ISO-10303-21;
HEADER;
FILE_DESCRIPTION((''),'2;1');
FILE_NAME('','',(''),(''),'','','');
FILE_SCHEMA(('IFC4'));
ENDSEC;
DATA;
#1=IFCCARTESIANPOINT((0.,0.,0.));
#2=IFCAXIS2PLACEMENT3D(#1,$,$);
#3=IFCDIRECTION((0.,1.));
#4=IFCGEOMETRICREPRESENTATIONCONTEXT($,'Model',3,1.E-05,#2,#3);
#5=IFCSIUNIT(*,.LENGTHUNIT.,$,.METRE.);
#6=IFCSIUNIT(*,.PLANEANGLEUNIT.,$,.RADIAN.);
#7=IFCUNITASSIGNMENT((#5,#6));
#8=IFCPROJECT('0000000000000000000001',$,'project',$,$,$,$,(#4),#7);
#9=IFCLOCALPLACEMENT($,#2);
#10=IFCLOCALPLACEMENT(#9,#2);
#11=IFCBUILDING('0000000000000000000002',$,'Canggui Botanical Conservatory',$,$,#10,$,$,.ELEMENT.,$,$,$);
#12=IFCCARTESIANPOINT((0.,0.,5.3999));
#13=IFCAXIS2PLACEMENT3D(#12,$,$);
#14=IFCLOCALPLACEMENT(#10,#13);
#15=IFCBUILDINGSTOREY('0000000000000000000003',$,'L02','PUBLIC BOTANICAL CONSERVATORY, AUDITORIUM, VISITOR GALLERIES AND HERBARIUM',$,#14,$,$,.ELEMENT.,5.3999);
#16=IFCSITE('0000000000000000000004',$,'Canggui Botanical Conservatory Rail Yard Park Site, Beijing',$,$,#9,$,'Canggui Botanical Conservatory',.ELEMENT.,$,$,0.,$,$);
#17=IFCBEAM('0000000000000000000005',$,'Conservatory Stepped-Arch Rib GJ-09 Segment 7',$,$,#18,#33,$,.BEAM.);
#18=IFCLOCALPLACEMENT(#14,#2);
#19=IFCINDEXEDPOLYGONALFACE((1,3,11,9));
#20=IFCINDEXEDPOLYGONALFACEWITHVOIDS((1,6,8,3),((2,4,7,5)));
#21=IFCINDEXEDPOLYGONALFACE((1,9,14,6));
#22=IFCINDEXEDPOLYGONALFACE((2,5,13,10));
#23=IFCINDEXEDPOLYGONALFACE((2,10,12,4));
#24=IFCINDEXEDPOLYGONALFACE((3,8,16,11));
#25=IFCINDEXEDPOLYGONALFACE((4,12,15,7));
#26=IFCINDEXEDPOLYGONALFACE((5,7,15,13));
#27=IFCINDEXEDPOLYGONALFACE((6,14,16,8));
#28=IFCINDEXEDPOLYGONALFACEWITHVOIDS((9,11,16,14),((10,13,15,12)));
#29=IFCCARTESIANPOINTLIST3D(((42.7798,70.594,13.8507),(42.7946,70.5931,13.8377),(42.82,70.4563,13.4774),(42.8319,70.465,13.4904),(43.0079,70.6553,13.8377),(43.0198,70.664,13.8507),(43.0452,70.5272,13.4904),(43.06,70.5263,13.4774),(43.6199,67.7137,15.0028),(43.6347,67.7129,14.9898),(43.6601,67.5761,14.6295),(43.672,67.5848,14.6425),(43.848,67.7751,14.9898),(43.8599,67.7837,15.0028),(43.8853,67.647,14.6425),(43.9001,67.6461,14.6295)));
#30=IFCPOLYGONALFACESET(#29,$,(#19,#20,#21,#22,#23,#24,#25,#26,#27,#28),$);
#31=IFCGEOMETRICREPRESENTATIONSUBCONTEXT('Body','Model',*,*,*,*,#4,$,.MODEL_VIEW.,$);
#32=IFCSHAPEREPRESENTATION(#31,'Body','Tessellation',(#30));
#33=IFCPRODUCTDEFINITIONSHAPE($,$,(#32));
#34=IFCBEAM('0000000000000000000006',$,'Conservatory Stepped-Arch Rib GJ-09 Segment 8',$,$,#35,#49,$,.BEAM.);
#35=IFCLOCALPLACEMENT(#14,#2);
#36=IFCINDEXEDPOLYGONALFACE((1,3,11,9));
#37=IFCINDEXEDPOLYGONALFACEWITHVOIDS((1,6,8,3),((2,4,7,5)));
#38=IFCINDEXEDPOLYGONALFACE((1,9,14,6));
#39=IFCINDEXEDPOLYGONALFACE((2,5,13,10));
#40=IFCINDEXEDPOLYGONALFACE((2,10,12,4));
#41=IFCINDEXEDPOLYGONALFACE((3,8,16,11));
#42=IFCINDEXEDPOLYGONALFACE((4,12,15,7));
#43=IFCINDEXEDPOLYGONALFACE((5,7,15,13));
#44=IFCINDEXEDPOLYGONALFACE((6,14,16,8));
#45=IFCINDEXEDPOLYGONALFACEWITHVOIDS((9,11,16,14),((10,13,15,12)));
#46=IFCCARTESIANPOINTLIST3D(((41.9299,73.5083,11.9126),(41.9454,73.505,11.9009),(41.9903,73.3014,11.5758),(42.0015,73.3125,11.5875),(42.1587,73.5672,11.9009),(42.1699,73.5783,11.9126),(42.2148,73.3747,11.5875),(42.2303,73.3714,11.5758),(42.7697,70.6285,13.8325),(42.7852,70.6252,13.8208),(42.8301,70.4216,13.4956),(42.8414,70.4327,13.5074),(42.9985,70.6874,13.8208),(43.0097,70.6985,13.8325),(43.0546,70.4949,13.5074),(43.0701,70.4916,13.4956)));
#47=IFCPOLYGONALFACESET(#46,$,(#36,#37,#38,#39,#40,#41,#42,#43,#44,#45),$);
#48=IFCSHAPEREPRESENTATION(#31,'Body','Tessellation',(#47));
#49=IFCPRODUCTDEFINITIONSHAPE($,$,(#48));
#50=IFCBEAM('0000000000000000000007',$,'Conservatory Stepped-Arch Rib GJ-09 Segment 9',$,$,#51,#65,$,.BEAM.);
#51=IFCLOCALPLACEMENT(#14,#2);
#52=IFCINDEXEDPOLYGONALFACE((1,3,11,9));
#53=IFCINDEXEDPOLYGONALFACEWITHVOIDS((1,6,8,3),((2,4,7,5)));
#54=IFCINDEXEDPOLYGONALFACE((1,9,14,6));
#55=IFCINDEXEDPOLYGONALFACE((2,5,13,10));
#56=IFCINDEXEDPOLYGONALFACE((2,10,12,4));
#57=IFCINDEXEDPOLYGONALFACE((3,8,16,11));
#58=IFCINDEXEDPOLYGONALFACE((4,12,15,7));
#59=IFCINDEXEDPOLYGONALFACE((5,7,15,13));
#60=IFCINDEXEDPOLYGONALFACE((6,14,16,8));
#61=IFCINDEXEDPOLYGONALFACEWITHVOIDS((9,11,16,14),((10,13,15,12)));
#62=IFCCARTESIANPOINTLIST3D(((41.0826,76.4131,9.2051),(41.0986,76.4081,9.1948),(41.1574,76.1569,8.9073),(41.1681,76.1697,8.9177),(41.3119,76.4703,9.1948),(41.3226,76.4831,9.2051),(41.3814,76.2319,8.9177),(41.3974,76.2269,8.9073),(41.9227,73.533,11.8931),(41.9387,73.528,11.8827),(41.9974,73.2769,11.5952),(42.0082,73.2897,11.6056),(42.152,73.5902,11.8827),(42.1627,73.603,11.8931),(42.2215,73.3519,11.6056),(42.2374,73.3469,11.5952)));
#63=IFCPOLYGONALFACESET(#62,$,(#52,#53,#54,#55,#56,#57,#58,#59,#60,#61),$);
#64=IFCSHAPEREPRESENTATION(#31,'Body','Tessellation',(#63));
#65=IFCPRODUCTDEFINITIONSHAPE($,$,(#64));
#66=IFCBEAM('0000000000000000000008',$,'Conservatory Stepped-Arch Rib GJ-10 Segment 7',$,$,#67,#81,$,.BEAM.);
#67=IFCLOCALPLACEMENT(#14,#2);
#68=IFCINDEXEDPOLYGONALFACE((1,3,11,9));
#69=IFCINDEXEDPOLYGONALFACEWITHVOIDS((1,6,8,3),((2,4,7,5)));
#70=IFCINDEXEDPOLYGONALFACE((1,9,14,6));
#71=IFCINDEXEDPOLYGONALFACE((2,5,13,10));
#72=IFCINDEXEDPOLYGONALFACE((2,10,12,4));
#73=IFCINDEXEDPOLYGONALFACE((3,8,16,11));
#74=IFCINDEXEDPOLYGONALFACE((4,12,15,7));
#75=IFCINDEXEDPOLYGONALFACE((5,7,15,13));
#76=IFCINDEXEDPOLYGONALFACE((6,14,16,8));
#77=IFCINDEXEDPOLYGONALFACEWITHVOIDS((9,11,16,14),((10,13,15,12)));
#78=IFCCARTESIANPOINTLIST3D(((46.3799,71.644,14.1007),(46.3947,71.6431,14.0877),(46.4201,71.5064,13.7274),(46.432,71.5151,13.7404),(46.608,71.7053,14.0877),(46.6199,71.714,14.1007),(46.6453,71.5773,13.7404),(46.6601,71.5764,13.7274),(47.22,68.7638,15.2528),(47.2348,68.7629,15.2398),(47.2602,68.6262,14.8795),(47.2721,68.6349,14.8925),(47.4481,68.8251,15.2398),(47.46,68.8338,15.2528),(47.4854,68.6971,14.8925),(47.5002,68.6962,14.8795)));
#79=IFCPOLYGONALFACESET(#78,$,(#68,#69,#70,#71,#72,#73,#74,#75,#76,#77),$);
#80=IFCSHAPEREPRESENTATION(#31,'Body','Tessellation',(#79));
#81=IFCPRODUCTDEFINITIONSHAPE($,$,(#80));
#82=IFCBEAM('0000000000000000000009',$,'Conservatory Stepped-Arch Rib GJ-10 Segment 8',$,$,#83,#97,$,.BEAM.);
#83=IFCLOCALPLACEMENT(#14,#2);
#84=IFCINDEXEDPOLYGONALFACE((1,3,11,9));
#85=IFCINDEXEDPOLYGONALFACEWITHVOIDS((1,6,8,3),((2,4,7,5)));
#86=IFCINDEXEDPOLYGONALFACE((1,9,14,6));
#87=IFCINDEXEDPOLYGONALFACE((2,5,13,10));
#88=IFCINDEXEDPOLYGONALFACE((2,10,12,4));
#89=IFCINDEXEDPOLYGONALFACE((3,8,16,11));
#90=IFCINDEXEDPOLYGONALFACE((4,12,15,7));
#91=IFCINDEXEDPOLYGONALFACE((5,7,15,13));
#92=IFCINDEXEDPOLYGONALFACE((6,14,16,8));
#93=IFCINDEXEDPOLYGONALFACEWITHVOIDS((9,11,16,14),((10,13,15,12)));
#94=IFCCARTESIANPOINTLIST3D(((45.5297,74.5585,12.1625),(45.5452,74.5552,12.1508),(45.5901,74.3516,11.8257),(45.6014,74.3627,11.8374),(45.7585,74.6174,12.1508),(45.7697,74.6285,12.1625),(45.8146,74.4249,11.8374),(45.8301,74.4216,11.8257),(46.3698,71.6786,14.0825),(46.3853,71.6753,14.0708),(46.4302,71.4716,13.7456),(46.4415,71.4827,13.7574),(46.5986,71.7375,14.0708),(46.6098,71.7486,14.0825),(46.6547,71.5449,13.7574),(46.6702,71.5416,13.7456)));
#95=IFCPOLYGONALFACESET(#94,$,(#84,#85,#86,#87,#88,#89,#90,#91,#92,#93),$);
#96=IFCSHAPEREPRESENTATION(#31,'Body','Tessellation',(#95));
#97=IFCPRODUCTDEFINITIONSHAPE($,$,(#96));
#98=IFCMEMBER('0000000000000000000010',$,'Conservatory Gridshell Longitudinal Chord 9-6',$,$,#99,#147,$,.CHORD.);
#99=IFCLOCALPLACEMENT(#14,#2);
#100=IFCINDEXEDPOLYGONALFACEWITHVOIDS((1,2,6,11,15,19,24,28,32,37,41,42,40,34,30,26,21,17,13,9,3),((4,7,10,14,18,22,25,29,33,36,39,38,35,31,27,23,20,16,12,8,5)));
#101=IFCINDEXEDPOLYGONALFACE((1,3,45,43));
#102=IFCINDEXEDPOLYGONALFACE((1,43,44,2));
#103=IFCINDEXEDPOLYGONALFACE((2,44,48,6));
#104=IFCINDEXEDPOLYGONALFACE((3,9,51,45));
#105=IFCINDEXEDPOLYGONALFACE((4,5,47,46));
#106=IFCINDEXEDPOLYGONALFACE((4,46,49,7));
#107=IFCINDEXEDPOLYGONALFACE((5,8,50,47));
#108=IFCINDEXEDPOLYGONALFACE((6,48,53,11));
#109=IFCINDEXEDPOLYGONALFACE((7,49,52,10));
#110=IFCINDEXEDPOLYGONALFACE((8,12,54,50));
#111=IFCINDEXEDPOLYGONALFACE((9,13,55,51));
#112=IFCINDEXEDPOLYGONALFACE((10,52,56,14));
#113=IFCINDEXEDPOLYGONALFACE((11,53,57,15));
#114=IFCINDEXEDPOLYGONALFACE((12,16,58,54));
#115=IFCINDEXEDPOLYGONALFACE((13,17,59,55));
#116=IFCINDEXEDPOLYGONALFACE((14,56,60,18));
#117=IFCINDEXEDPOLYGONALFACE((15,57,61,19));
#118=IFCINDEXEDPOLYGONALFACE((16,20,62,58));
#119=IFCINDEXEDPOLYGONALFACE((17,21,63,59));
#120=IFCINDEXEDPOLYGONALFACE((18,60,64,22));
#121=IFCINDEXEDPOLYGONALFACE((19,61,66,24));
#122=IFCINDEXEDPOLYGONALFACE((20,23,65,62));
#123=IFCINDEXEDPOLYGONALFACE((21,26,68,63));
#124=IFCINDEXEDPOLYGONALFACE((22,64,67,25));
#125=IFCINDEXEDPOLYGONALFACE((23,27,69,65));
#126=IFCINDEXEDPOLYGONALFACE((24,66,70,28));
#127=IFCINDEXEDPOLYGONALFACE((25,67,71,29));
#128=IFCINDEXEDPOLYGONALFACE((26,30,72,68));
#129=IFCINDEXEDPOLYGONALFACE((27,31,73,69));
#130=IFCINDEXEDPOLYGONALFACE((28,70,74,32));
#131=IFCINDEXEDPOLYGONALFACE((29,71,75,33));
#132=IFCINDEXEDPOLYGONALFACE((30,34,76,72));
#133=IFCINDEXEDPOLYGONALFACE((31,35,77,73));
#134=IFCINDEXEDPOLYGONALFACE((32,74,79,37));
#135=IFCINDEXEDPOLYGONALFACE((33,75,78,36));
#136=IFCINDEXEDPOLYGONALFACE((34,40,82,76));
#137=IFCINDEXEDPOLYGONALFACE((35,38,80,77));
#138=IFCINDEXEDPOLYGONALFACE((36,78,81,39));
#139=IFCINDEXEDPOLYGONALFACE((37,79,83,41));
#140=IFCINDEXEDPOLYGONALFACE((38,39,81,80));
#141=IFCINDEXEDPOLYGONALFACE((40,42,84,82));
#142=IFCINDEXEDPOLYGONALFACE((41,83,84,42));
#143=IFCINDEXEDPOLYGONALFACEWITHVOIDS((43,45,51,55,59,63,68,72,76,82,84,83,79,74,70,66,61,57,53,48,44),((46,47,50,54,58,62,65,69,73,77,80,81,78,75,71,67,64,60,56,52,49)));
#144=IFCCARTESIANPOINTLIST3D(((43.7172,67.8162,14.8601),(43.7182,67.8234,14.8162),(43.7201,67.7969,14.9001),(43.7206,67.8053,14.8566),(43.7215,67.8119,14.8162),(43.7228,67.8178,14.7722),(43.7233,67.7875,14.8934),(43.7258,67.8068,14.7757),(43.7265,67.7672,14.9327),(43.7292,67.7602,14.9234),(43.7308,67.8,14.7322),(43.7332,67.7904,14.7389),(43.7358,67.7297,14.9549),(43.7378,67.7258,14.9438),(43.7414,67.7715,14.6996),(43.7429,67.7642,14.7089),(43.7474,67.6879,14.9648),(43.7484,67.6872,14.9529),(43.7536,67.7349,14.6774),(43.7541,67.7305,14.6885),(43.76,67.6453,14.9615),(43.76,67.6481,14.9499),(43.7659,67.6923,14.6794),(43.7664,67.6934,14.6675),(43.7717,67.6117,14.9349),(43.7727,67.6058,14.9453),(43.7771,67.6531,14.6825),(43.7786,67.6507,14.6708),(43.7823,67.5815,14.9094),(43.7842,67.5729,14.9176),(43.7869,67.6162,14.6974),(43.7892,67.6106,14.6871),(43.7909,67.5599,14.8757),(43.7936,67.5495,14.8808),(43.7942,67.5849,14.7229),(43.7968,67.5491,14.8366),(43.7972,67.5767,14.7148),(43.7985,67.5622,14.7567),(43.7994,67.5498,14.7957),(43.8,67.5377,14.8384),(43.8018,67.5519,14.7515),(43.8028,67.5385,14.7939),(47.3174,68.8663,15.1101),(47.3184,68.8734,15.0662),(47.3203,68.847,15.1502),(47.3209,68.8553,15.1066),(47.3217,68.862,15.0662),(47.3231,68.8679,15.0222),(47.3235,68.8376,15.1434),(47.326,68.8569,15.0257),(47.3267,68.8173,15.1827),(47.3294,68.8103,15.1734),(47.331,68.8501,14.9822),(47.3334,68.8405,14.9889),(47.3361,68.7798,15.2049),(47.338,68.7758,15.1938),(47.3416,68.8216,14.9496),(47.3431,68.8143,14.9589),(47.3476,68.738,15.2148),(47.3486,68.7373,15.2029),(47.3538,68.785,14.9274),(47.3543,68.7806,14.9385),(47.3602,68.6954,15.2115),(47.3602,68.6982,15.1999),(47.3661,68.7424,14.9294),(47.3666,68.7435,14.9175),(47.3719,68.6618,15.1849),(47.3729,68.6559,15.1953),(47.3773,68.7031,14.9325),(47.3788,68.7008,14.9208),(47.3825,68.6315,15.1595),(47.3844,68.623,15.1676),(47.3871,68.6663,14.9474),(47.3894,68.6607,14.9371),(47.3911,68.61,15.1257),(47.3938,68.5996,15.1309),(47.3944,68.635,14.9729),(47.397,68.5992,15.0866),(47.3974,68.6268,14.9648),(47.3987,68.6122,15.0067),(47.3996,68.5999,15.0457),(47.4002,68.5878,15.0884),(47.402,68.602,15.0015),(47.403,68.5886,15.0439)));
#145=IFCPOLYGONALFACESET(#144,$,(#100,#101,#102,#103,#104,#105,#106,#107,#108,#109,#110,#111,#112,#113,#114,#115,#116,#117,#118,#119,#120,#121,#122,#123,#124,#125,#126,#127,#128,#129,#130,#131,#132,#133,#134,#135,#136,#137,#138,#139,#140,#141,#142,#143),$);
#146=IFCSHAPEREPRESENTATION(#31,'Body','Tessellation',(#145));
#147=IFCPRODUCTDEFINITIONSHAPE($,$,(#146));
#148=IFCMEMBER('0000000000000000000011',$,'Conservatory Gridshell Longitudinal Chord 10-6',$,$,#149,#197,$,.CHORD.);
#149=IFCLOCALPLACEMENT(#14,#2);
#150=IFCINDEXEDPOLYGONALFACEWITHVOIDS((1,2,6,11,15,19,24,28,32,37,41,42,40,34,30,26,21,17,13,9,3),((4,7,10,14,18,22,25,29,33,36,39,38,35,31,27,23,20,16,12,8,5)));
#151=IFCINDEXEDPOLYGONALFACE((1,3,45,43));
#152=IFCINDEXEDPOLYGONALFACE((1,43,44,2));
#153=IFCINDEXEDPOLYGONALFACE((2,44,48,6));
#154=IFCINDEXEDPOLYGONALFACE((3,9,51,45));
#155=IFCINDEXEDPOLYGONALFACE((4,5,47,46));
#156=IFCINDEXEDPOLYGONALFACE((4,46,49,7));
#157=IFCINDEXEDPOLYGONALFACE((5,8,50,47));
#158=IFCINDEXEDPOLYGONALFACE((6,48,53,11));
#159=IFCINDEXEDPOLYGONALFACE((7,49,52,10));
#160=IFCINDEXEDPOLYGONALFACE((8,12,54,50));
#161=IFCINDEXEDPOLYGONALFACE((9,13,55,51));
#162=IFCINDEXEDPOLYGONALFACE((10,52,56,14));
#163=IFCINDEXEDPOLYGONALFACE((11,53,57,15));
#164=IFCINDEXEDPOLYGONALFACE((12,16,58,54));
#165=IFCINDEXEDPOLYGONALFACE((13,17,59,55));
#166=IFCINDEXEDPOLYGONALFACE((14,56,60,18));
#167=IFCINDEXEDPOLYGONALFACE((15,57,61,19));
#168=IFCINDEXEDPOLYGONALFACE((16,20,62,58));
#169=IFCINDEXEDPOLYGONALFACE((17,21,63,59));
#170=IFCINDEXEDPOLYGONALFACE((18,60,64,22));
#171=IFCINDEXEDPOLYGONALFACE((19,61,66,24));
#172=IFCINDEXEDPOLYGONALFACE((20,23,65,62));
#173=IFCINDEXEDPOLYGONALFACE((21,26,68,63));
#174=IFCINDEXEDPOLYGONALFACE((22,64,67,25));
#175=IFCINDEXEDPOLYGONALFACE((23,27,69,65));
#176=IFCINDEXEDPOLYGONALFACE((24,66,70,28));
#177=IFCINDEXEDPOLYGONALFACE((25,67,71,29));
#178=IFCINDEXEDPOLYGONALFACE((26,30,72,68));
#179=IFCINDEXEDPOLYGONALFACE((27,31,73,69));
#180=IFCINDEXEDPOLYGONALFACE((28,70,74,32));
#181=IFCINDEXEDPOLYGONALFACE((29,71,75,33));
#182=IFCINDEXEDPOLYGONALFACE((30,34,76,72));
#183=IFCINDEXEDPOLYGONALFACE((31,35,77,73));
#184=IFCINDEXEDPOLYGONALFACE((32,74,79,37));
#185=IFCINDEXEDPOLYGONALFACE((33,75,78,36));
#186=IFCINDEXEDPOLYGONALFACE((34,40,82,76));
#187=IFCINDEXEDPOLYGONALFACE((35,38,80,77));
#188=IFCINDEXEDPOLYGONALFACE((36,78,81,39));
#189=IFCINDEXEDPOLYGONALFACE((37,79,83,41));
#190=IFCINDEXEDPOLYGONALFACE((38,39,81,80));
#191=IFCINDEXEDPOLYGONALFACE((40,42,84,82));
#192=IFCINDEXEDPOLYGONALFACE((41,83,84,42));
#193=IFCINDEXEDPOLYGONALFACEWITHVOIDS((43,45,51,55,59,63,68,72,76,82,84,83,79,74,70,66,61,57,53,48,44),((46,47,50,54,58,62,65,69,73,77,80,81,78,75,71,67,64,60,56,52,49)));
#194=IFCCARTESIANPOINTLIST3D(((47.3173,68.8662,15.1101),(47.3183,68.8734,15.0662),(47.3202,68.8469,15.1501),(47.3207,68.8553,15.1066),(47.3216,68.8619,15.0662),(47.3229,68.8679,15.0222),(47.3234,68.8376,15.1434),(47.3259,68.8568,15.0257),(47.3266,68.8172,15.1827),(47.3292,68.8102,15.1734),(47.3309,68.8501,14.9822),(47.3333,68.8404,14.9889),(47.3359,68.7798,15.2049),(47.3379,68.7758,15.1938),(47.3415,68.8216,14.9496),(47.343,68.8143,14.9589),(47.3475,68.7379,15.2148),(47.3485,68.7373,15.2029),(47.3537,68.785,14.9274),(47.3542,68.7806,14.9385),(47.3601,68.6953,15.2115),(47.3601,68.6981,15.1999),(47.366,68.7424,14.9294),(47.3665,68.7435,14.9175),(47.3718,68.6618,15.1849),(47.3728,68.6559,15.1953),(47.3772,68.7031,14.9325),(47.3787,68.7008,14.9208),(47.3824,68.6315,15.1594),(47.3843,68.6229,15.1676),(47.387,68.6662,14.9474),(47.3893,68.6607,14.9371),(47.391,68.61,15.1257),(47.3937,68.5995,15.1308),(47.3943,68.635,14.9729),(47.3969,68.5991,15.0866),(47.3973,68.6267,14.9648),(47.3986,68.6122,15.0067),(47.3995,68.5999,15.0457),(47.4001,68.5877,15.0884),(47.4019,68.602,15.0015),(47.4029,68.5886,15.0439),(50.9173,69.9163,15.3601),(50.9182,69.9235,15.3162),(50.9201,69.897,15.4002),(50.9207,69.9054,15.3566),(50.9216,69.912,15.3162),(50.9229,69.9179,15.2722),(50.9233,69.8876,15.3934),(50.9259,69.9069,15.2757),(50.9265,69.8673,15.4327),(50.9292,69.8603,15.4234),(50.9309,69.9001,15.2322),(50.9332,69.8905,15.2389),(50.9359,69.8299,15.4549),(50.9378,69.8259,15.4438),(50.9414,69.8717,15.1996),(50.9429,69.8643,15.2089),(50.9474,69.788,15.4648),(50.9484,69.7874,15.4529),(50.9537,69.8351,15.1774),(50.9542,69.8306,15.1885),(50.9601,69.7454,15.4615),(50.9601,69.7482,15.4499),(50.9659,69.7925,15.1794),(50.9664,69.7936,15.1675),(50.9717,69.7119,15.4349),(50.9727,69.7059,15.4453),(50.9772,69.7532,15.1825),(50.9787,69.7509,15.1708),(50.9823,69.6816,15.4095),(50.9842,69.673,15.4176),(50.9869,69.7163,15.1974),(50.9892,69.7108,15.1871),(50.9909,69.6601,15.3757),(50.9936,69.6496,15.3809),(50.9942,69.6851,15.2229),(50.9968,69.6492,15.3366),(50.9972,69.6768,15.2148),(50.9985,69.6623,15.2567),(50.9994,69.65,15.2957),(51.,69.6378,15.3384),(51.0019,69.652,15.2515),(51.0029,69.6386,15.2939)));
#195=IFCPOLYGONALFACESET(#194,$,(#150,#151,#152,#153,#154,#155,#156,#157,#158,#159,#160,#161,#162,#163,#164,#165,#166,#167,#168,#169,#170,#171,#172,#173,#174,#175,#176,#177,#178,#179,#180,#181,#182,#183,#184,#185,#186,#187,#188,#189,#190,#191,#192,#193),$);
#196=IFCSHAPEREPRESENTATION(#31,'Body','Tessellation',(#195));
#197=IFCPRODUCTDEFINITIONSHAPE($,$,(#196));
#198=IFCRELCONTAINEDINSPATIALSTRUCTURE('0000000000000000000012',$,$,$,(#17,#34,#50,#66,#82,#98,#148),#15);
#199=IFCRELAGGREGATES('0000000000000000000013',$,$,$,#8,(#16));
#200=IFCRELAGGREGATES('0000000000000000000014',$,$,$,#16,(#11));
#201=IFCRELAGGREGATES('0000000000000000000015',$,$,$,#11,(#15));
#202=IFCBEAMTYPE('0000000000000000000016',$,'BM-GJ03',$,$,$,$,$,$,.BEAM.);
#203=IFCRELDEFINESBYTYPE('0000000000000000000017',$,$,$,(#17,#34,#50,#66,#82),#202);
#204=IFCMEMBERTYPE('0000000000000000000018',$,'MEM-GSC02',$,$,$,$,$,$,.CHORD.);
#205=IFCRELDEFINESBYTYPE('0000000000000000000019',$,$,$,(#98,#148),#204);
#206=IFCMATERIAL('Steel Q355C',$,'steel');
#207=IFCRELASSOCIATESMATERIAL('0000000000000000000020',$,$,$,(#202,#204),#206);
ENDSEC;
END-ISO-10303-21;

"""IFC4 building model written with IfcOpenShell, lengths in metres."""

from ifc_helpers import new_model, si_unit, direction, frame, origin, origin_2d, place, context, subcontext, project, spatial, hollow_rectangle, hollow_circle, extrude, material, material_profile, profile_set, type_object, element, save


model = new_model("IFC4")

# Units and contexts
model_context = context("Model", 3, precision=1e-05, world=origin(), true_north=direction((0.0, 1.0)))
body_context = subcontext(model_context, "Body", "Model", "MODEL_VIEW")
ifc_project = project(units=[si_unit("LENGTHUNIT", "METRE"), si_unit("PLANEANGLEUNIT", "RADIAN")], contexts=[model_context])

# Site, building, storey
site_placement = place(None, origin())
site = spatial("IfcSite", under=ifc_project, at=site_placement, Name="Canggui Botanical Conservatory Rail Yard Park Site, Beijing", LongName="Canggui Botanical Conservatory", CompositionType="ELEMENT", RefElevation=0.0)
building_placement = place(site_placement, origin())
building = spatial("IfcBuilding", under=site, at=building_placement, Name="Canggui Botanical Conservatory", CompositionType="ELEMENT")
storey_placement = place(building_placement, frame((0.0, 0.0, 5.3999)))
storey = spatial("IfcBuildingStorey", under=building, at=storey_placement, Name="L02", Description="PUBLIC BOTANICAL CONSERVATORY, AUDITORIUM, VISITOR GALLERIES AND HERBARIUM", CompositionType="ELEMENT", Elevation=5.3999)

# Beams
ifc_material_1 = material(Name="Steel Q355C", Category="steel")
ifc_material_profile_1 = material_profile(ifc_material_1, hollow_rectangle(XDim=0.25, YDim=0.3999, WallThickness=0.0139, at=origin_2d()), Name="RHS 250x400x14")
ifc_profile_set_1 = profile_set([ifc_material_profile_1], Name="Steel Q355C")
beam_type = type_object("IfcBeamType", Name="BM-GJ03", PredefinedType="BEAM", material=ifc_profile_set_1)
beam_1_placement = place(storey_placement, frame((43.76, 67.6799, 14.8162), z_axis=(-0.261404, 0.896188, -0.35849), x_axis=(-0.959995, -0.280016, 0.0)))
element("IfcBeam", 1, at=beam_1_placement, inside=storey, type_object=beam_type, Name="Conservatory Stepped-Arch Rib GJ-09 Segment 7", PredefinedType="BEAM", context=body_context, shape_type="SweptSolid", body=[
    extrude(hollow_rectangle(XDim=0.25, YDim=0.3999, WallThickness=0.0139, at=origin_2d()), origin(), (0.0, 0.0, 1.0), 3.2139),
])
beam_2_placement = place(storey_placement, frame((42.9199, 70.5601, 13.6641), z_axis=(-0.235804, 0.808587, -0.539058), x_axis=(-0.960011, -0.279962, 0.0)))
element("IfcBeam", 2, at=beam_2_placement, inside=storey, type_object=beam_type, Name="Conservatory Stepped-Arch Rib GJ-09 Segment 8", PredefinedType="BEAM", context=body_context, shape_type="SweptSolid", body=[
    extrude(hollow_rectangle(XDim=0.25, YDim=0.3999, WallThickness=0.0139, at=origin_2d()), origin(), (0.0, 0.0, 1.0), 3.5615),
])
beam_3_placement = place(storey_placement, frame((42.0801, 73.4399, 11.7441), z_axis=(-0.208553, 0.714996, -0.667297), x_axis=(-0.959995, -0.280016, 0.0)))
element("IfcBeam", 3, at=beam_3_placement, inside=storey, type_object=beam_type, Name="Conservatory Stepped-Arch Rib GJ-09 Segment 9", PredefinedType="BEAM", context=body_context, shape_type="SweptSolid", body=[
    extrude(hollow_rectangle(XDim=0.25, YDim=0.3999, WallThickness=0.0139, at=origin_2d()), origin(), (0.0, 0.0, 1.0), 4.0281),
])
beam_4_placement = place(storey_placement, frame((47.3601, 68.73, 15.0662), z_axis=(-0.261404, 0.896188, -0.35849), x_axis=(-0.959995, -0.280016, 0.0)))
element("IfcBeam", 4, at=beam_4_placement, inside=storey, type_object=beam_type, Name="Conservatory Stepped-Arch Rib GJ-10 Segment 7", PredefinedType="BEAM", context=body_context, shape_type="SweptSolid", body=[
    extrude(hollow_rectangle(XDim=0.25, YDim=0.3999, WallThickness=0.0139, at=origin_2d()), origin(), (0.0, 0.0, 1.0), 3.2139),
])
beam_5_placement = place(storey_placement, frame((46.52, 71.6101, 13.9141), z_axis=(-0.235868, 0.808574, -0.539049), x_axis=(-0.959989, -0.280038, 0.0)))
element("IfcBeam", 5, at=beam_5_placement, inside=storey, type_object=beam_type, Name="Conservatory Stepped-Arch Rib GJ-10 Segment 8", PredefinedType="BEAM", context=body_context, shape_type="SweptSolid", body=[
    extrude(hollow_rectangle(XDim=0.25, YDim=0.3999, WallThickness=0.0139, at=origin_2d()), origin(), (0.0, 0.0, 1.0), 3.5618),
])

# Members
ifc_material_profile_2 = material_profile(ifc_material_1, hollow_circle(Radius=0.1494, WallThickness=0.012, at=origin_2d()), Name="CHS 299x12")
ifc_profile_set_2 = profile_set([ifc_material_profile_2], Name="Steel Q355C")
member_type_1 = type_object("IfcMemberType", Name="MEM-GSC02", PredefinedType="CHORD", material=ifc_profile_set_2)
member_1_placement = place(storey_placement, frame((43.76, 67.6799, 14.8162), z_axis=(0.957872, 0.279385, 0.066517), x_axis=(-0.280005, 0.959999, 0.0)))
element("IfcMember", 6, at=member_1_placement, inside=storey, type_object=member_type_1, Name="Conservatory Gridshell Longitudinal Chord 9-6", PredefinedType="CHORD", context=body_context, shape_type="SweptSolid", body=[
    extrude(hollow_circle(Radius=0.1494, WallThickness=0.012, at=origin_2d()), origin(), (0.0, 0.0, 1.0), 3.7585),
])
member_2_placement = place(storey_placement, frame((47.3601, 68.73, 15.0662), z_axis=(0.957867, 0.279402, 0.066521), x_axis=(-0.280023, 0.959993, 0.0)))
element("IfcMember", 7, at=member_2_placement, inside=storey, type_object=member_type_1, Name="Conservatory Gridshell Longitudinal Chord 10-6", PredefinedType="CHORD", context=body_context, shape_type="SweptSolid", body=[
    extrude(hollow_circle(Radius=0.1494, WallThickness=0.012, at=origin_2d()), origin(), (0.0, 0.0, 1.0), 3.7583),
])

save(model, "model.ifc")
